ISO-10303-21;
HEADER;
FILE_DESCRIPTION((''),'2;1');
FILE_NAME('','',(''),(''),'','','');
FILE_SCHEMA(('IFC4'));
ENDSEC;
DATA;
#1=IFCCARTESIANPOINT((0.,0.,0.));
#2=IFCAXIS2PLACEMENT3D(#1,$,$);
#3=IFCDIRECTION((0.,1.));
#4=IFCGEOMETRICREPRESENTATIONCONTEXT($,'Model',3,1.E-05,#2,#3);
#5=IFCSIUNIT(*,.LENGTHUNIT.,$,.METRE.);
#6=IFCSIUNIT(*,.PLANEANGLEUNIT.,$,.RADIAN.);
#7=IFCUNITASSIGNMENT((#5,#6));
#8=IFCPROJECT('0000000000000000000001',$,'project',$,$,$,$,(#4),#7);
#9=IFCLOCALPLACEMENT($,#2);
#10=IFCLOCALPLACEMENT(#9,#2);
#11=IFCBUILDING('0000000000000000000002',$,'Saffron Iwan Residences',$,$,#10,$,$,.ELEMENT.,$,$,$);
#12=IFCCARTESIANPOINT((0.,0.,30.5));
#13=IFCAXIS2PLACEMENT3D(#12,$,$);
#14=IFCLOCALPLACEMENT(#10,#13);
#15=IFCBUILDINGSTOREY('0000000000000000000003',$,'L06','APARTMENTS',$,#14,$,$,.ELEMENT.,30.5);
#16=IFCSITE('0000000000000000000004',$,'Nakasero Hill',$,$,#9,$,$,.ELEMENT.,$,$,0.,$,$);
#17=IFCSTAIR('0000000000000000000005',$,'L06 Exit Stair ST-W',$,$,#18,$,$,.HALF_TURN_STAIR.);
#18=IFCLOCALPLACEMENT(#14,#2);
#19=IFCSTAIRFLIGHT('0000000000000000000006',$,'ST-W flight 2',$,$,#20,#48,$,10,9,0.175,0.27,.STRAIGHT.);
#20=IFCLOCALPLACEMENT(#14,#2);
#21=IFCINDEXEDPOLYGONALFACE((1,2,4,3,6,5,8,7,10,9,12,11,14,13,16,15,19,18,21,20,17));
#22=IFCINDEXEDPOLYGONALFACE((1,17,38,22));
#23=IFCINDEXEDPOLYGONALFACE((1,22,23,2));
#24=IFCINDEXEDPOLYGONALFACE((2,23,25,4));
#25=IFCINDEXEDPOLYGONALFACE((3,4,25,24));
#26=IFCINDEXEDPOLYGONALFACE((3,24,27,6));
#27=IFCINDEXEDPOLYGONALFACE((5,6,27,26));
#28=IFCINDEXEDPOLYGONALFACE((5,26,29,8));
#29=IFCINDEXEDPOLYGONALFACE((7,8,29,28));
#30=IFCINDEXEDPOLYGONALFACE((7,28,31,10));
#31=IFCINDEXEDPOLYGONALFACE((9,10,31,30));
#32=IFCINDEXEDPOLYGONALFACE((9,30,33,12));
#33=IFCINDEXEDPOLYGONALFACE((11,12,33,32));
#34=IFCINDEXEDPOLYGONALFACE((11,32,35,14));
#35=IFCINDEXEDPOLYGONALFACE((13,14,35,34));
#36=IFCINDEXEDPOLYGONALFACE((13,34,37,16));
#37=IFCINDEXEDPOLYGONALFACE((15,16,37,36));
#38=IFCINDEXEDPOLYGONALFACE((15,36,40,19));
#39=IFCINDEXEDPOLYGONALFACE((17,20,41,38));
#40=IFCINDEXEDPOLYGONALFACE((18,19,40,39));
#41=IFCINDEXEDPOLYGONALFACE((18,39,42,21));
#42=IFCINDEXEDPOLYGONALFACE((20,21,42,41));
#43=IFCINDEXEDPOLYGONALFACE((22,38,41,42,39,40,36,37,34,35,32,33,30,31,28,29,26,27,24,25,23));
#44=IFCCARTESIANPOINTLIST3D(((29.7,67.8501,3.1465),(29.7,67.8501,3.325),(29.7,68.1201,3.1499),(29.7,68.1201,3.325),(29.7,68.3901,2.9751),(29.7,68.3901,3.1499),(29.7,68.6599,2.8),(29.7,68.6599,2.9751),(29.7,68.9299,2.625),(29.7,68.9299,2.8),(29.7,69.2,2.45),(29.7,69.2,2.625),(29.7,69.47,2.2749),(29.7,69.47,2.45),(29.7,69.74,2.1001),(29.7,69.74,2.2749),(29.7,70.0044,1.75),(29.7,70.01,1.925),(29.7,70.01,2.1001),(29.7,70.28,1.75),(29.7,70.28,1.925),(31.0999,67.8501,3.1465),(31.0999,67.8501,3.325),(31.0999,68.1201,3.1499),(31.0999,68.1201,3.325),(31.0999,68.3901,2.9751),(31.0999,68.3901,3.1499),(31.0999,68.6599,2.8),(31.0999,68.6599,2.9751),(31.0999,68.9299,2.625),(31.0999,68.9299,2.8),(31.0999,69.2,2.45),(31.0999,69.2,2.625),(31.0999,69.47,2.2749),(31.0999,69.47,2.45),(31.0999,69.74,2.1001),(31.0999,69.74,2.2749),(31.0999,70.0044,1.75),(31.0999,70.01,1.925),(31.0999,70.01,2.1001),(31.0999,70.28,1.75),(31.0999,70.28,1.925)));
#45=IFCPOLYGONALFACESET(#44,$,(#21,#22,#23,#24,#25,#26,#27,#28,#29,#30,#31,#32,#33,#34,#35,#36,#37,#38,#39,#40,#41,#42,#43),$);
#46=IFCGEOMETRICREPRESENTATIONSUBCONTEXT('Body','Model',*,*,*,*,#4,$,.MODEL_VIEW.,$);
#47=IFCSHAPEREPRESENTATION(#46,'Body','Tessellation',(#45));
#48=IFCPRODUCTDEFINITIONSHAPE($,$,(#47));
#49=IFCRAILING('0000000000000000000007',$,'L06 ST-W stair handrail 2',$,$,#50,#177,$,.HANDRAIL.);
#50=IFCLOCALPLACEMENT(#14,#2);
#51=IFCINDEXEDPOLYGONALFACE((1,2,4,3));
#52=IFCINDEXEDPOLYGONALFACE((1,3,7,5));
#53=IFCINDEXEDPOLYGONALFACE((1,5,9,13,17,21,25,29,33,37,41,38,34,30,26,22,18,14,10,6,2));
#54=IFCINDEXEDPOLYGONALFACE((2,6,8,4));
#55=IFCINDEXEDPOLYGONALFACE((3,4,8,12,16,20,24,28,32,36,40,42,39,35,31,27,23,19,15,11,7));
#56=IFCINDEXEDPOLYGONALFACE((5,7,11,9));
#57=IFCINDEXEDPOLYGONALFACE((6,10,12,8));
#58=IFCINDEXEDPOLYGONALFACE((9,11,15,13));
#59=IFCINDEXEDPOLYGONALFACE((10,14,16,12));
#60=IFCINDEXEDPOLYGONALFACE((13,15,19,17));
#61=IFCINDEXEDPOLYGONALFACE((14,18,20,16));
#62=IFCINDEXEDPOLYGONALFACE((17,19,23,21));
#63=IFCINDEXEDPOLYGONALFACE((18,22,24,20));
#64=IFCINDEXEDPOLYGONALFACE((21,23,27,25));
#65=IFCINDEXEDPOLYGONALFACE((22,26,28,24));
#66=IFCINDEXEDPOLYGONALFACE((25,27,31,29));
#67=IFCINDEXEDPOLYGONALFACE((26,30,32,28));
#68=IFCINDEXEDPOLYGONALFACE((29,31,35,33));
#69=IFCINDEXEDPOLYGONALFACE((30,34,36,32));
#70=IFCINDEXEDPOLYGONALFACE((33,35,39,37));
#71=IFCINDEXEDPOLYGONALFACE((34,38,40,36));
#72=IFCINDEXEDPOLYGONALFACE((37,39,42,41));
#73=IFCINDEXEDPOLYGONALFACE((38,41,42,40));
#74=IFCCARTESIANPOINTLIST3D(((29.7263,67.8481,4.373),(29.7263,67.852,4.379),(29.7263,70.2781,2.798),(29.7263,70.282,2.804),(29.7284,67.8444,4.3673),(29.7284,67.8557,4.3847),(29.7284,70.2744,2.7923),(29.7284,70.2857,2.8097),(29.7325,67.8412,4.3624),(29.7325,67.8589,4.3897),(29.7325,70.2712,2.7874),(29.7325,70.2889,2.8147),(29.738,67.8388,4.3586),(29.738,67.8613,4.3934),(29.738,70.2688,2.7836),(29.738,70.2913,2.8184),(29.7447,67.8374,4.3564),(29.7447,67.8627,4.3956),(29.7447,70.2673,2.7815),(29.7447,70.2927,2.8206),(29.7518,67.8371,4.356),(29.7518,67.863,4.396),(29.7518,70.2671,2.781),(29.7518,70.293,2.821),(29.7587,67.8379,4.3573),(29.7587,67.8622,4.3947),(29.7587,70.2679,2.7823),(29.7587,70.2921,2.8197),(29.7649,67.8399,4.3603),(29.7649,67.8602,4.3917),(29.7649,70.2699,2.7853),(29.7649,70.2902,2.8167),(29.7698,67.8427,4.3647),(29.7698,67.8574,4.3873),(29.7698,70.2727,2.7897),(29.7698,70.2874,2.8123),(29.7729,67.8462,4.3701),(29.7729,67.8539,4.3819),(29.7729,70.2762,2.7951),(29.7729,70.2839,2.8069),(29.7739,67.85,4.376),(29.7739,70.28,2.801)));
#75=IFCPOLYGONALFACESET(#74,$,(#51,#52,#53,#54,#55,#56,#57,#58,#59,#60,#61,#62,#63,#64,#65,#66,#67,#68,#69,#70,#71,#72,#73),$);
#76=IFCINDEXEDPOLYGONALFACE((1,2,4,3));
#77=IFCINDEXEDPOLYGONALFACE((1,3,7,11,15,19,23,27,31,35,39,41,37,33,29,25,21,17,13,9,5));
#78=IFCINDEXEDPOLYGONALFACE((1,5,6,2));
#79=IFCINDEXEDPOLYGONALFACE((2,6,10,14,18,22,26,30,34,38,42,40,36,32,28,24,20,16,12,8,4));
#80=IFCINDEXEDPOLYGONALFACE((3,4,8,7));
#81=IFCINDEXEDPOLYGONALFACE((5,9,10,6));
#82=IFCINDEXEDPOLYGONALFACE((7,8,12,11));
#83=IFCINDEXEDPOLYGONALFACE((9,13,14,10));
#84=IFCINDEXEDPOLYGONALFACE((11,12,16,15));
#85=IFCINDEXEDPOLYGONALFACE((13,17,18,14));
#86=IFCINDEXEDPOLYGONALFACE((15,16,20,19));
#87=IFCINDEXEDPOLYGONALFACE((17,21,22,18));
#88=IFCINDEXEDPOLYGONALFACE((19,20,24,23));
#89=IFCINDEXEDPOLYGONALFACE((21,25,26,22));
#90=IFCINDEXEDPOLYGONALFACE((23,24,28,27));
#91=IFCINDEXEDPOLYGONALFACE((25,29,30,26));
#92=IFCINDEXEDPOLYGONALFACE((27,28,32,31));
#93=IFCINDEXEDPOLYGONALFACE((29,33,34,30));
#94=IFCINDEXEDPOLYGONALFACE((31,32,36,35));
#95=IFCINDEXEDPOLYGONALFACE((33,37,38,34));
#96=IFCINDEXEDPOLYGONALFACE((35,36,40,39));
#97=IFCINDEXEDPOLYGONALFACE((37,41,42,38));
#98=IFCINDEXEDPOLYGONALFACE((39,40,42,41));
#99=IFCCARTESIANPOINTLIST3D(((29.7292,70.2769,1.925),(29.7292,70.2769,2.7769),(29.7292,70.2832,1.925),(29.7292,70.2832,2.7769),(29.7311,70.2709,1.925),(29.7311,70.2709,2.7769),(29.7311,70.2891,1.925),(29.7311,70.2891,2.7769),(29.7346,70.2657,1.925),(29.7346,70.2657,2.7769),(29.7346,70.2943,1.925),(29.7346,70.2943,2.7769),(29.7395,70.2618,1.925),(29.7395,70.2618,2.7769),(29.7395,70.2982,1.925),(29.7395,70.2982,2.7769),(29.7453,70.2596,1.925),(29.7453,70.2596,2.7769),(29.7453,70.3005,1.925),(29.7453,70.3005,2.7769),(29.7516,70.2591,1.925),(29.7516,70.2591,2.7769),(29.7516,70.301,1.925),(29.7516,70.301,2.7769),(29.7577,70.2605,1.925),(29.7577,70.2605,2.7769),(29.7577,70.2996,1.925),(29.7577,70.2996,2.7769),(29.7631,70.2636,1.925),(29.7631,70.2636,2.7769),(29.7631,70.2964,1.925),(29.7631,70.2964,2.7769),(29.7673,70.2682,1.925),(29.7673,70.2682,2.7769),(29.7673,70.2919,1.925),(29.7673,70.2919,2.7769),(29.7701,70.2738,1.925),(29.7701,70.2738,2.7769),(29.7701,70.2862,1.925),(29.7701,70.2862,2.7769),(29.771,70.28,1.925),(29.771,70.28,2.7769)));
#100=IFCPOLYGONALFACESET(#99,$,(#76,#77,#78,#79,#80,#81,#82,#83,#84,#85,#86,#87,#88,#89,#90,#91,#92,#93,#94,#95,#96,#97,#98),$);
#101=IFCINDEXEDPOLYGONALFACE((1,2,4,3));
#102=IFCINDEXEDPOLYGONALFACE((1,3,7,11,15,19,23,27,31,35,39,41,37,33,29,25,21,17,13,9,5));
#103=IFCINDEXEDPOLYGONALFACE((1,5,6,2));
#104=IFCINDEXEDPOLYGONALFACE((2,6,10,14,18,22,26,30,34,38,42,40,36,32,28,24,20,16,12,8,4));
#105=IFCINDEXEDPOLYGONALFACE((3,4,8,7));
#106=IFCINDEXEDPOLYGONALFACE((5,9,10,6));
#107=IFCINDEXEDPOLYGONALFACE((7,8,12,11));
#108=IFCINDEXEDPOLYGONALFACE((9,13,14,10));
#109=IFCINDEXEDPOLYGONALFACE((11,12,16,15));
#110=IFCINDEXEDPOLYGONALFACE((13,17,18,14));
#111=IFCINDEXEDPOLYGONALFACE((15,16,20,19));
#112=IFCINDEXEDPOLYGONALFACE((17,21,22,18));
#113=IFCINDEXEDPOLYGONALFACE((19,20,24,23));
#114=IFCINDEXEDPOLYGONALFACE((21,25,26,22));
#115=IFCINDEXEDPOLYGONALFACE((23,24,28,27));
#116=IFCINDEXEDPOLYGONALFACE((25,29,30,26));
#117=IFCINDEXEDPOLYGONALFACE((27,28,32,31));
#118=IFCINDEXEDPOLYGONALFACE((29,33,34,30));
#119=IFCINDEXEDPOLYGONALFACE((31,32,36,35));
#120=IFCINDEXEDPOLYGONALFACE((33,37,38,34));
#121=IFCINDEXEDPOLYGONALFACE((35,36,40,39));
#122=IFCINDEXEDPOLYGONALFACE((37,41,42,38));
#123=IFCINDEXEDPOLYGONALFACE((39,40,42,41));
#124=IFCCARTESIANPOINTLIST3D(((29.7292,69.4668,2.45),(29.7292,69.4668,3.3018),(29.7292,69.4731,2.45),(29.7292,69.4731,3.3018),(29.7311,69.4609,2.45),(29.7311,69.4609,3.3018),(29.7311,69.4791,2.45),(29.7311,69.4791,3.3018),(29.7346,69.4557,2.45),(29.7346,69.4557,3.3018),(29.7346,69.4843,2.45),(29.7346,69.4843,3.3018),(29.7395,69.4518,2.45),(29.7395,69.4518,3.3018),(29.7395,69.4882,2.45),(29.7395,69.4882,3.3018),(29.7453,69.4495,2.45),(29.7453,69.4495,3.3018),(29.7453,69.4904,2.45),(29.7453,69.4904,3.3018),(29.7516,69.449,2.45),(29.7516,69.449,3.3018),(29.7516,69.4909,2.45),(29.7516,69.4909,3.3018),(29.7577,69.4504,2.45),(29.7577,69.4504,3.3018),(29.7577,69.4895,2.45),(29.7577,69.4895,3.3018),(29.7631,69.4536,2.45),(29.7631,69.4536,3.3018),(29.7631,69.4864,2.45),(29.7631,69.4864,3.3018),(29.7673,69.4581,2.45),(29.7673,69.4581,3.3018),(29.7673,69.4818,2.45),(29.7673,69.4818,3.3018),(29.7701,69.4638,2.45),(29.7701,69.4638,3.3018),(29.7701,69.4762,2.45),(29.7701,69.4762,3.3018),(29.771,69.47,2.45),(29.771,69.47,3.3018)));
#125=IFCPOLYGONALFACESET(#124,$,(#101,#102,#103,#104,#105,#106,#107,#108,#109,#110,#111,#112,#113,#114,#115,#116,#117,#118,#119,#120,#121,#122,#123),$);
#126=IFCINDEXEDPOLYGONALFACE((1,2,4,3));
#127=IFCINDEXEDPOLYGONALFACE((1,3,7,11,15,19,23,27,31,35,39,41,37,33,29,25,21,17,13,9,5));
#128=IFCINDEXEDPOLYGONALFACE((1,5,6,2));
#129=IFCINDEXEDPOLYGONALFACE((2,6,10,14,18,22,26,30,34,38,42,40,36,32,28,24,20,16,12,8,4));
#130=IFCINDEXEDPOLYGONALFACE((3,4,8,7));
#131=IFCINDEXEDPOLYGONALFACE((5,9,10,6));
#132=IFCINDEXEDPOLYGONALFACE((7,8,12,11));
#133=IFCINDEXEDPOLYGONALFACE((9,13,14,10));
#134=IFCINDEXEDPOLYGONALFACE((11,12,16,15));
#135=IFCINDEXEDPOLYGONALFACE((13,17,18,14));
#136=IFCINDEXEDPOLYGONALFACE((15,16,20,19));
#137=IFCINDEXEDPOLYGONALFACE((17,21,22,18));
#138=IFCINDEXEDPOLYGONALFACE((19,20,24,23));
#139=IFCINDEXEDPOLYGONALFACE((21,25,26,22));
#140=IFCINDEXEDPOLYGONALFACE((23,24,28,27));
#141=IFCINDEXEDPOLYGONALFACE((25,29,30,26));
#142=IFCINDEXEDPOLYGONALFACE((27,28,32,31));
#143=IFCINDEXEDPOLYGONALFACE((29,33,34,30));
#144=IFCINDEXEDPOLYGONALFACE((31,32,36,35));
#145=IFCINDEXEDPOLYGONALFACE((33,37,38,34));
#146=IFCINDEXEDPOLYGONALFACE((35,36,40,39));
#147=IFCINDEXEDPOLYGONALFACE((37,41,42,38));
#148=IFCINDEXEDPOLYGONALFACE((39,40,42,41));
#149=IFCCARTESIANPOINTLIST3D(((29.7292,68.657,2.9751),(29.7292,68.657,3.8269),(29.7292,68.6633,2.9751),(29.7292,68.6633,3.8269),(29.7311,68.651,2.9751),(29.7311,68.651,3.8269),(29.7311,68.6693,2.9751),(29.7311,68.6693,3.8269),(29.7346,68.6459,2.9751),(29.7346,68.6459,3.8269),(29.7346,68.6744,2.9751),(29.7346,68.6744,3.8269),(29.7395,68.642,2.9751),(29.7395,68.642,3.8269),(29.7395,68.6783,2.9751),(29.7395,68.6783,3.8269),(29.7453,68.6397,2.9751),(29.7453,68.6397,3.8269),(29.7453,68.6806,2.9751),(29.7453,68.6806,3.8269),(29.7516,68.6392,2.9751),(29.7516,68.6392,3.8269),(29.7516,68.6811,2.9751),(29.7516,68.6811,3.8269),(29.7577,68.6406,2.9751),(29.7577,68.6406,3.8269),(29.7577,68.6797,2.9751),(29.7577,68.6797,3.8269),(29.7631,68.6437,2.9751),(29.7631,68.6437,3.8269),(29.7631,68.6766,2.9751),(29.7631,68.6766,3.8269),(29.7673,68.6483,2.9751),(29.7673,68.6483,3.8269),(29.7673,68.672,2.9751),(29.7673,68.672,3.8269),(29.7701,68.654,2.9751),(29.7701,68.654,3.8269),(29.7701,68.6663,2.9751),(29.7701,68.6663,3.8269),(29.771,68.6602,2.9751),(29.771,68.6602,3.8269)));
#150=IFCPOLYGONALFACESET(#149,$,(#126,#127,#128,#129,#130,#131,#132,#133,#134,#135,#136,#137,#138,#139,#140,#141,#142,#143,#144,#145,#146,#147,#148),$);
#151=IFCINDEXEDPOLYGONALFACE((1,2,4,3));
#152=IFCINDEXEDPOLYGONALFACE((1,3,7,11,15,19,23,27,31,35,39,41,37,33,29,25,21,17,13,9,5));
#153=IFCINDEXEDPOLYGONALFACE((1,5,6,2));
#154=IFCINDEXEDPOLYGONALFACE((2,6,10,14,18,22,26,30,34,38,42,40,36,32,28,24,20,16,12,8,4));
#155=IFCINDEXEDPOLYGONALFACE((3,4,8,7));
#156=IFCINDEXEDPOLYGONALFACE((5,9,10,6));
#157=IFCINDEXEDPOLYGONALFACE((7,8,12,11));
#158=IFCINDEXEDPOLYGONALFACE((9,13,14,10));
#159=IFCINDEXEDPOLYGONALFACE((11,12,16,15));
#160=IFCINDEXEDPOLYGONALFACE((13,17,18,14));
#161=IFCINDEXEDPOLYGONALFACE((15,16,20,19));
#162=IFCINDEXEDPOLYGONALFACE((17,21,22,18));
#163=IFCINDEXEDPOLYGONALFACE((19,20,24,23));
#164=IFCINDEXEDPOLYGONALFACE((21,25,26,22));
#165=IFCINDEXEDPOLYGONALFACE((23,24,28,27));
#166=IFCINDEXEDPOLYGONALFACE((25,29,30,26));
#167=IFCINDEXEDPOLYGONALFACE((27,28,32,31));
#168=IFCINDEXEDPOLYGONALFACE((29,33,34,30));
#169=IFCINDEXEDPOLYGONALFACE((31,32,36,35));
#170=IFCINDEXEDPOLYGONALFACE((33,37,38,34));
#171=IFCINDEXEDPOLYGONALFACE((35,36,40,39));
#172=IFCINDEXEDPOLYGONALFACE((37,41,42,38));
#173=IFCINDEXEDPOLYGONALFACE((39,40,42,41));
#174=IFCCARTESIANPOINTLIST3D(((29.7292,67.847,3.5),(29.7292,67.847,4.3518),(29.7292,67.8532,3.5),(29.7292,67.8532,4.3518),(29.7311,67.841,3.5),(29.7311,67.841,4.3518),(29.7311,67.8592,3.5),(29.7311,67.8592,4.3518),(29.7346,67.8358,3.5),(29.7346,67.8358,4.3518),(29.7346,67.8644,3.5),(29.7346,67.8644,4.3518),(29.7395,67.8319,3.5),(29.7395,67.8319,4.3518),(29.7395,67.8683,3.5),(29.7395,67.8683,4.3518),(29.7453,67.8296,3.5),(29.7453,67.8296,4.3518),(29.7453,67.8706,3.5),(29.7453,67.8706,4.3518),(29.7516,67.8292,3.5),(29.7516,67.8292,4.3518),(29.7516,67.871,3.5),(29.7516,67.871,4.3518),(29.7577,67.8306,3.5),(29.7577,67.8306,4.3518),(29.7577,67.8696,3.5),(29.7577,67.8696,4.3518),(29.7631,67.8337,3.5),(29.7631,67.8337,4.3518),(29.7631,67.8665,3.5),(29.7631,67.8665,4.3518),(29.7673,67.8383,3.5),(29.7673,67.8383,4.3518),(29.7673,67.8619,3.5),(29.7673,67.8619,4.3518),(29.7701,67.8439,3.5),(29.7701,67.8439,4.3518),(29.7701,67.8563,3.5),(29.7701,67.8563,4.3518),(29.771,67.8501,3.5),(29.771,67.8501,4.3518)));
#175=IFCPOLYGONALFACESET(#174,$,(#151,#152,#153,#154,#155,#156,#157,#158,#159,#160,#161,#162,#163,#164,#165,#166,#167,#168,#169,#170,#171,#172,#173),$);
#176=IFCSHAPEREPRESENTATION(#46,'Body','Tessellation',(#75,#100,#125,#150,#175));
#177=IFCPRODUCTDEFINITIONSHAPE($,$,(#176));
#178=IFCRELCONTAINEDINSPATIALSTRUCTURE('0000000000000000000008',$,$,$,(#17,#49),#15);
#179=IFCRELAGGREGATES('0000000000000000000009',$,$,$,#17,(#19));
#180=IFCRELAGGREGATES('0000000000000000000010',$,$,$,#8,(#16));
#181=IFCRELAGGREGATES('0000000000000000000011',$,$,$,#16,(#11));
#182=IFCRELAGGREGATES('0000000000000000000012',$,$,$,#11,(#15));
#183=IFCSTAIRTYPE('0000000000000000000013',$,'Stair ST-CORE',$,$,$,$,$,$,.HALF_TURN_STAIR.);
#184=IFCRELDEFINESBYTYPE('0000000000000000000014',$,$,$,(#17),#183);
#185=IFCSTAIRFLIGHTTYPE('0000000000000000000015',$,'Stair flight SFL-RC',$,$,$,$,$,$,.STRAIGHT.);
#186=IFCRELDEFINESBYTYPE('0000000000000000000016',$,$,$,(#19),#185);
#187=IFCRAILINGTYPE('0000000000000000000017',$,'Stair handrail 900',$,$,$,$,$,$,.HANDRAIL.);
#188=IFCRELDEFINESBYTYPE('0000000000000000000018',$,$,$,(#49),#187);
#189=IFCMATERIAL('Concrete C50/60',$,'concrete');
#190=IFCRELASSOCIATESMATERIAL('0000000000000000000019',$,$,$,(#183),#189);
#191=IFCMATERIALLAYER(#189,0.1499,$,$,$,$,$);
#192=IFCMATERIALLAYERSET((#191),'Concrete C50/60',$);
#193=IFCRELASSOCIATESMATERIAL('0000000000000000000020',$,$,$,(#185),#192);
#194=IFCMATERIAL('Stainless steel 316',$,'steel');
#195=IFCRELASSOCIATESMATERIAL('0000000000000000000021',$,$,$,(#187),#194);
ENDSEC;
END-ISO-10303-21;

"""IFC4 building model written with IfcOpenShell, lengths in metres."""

from ifc_helpers import new_model, si_unit, direction, frame, origin, origin_2d, place, context, subcontext, project, spatial, polyline, circle, outline, extrude, material, layer, layer_set, type_object, element, aggregate, save


model = new_model("IFC4")

# Units and contexts
model_context = context("Model", 3, precision=1e-05, world=origin(), true_north=direction((0.0, 1.0)))
body_context = subcontext(model_context, "Body", "Model", "MODEL_VIEW")
ifc_project = project(units=[si_unit("LENGTHUNIT", "METRE"), si_unit("PLANEANGLEUNIT", "RADIAN")], contexts=[model_context])

# Site, building, storey
site_placement = place(None, origin())
site = spatial("IfcSite", under=ifc_project, at=site_placement, Name="Nakasero Hill", CompositionType="ELEMENT", RefElevation=0.0)
building_placement = place(site_placement, origin())
building = spatial("IfcBuilding", under=site, at=building_placement, Name="Saffron Iwan Residences", CompositionType="ELEMENT")
storey_placement = place(building_placement, frame((0.0, 0.0, 30.5)))
storey = spatial("IfcBuildingStorey", under=building, at=storey_placement, Name="L06", Description="APARTMENTS", CompositionType="ELEMENT", Elevation=30.5)

# Stair, stair flight
ifc_material_1 = material(Name="Concrete C50/60", Category="concrete")
stair_type = type_object("IfcStairType", Name="Stair ST-CORE", PredefinedType="HALF_TURN_STAIR", material=ifc_material_1)
stair_placement = place(storey_placement, origin())
stair = element("IfcStair", 1, at=stair_placement, inside=storey, type_object=stair_type, Name="L06 Exit Stair ST-W", PredefinedType="HALF_TURN_STAIR")
ifc_layer_1 = layer(ifc_material_1, 0.1499)
ifc_layer_set_1 = layer_set([ifc_layer_1], Name="Concrete C50/60")
stair_flight_type = type_object("IfcStairFlightType", Name="Stair flight SFL-RC", PredefinedType="STRAIGHT", material=ifc_layer_set_1)
stair_flight_placement = place(storey_placement, frame((30.3999, 70.28, 1.75), z_axis=(0.0, 0.0, 1.0), x_axis=(0.0, -1.0, 0.0)))
stair_flight = element("IfcStairFlight", 2, at=stair_flight_placement, type_object=stair_flight_type, Name="ST-W flight 2", NumberOfRisers=10, NumberOfTreads=9, PredefinedType="STRAIGHT", RiserHeight=0.175, TreadLength=0.27, context=body_context, shape_type="SweptSolid", body=[
    extrude(outline(polyline([(0.0, 0.0), (0.0, 0.175), (0.27, 0.175), (0.27, 0.3501), (0.54, 0.3501), (0.54, 0.5249), (0.8101, 0.5249), (0.8101, 0.7), (1.0801, 0.7), (1.0801, 0.875), (1.3501, 0.875), (1.3501, 1.05), (1.6201, 1.05), (1.6201, 1.2251), (1.8899, 1.2251), (1.8899, 1.3999), (2.1599, 1.3999), (2.1599, 1.575), (2.4299, 1.575), (2.4299, 1.75), (2.4299, 1.3965), (0.2756, 0.0), (0.0, 0.0)])), frame((0.0, 0.7, 0.0), z_axis=(0.0, -1.0, 0.0), x_axis=(1.0, 0.0, 0.0)), (0.0, 0.0, 1.0), 1.3999),
])
aggregate(stair, [stair_flight])

# Railing
ifc_material_2 = material(Name="Stainless steel 316", Category="steel")
railing_type = type_object("IfcRailingType", Name="Stair handrail 900", PredefinedType="HANDRAIL", material=ifc_material_2)
railing_placement = place(storey_placement, frame((29.75, 70.28, 1.925)))
element("IfcRailing", 3, at=railing_placement, inside=storey, type_object=railing_type, Name="L06 ST-W stair handrail 2", PredefinedType="HANDRAIL", context=body_context, shape_type="SweptSolid", body=[
    extrude(circle(Radius=0.0239, at=origin_2d()), frame((0.0, 0.0, 0.876), z_axis=(0.0, -0.839154, 0.543894), x_axis=(1.0, 0.0, 0.0)), (0.0, 0.0, 1.0), 2.8958),
    extrude(circle(Radius=0.021, at=origin_2d()), origin(), (0.0, 0.0, 1.0), 0.8518),
    extrude(circle(Radius=0.021, at=origin_2d()), frame((0.0, -0.8101, 0.5249)), (0.0, 0.0, 1.0), 0.8518),
    extrude(circle(Radius=0.021, at=origin_2d()), frame((0.0, -1.6199, 1.05)), (0.0, 0.0, 1.0), 0.8518),
    extrude(circle(Radius=0.021, at=origin_2d()), frame((0.0, -2.4299, 1.575)), (0.0, 0.0, 1.0), 0.8518),
])

save(model, "model.ifc")
